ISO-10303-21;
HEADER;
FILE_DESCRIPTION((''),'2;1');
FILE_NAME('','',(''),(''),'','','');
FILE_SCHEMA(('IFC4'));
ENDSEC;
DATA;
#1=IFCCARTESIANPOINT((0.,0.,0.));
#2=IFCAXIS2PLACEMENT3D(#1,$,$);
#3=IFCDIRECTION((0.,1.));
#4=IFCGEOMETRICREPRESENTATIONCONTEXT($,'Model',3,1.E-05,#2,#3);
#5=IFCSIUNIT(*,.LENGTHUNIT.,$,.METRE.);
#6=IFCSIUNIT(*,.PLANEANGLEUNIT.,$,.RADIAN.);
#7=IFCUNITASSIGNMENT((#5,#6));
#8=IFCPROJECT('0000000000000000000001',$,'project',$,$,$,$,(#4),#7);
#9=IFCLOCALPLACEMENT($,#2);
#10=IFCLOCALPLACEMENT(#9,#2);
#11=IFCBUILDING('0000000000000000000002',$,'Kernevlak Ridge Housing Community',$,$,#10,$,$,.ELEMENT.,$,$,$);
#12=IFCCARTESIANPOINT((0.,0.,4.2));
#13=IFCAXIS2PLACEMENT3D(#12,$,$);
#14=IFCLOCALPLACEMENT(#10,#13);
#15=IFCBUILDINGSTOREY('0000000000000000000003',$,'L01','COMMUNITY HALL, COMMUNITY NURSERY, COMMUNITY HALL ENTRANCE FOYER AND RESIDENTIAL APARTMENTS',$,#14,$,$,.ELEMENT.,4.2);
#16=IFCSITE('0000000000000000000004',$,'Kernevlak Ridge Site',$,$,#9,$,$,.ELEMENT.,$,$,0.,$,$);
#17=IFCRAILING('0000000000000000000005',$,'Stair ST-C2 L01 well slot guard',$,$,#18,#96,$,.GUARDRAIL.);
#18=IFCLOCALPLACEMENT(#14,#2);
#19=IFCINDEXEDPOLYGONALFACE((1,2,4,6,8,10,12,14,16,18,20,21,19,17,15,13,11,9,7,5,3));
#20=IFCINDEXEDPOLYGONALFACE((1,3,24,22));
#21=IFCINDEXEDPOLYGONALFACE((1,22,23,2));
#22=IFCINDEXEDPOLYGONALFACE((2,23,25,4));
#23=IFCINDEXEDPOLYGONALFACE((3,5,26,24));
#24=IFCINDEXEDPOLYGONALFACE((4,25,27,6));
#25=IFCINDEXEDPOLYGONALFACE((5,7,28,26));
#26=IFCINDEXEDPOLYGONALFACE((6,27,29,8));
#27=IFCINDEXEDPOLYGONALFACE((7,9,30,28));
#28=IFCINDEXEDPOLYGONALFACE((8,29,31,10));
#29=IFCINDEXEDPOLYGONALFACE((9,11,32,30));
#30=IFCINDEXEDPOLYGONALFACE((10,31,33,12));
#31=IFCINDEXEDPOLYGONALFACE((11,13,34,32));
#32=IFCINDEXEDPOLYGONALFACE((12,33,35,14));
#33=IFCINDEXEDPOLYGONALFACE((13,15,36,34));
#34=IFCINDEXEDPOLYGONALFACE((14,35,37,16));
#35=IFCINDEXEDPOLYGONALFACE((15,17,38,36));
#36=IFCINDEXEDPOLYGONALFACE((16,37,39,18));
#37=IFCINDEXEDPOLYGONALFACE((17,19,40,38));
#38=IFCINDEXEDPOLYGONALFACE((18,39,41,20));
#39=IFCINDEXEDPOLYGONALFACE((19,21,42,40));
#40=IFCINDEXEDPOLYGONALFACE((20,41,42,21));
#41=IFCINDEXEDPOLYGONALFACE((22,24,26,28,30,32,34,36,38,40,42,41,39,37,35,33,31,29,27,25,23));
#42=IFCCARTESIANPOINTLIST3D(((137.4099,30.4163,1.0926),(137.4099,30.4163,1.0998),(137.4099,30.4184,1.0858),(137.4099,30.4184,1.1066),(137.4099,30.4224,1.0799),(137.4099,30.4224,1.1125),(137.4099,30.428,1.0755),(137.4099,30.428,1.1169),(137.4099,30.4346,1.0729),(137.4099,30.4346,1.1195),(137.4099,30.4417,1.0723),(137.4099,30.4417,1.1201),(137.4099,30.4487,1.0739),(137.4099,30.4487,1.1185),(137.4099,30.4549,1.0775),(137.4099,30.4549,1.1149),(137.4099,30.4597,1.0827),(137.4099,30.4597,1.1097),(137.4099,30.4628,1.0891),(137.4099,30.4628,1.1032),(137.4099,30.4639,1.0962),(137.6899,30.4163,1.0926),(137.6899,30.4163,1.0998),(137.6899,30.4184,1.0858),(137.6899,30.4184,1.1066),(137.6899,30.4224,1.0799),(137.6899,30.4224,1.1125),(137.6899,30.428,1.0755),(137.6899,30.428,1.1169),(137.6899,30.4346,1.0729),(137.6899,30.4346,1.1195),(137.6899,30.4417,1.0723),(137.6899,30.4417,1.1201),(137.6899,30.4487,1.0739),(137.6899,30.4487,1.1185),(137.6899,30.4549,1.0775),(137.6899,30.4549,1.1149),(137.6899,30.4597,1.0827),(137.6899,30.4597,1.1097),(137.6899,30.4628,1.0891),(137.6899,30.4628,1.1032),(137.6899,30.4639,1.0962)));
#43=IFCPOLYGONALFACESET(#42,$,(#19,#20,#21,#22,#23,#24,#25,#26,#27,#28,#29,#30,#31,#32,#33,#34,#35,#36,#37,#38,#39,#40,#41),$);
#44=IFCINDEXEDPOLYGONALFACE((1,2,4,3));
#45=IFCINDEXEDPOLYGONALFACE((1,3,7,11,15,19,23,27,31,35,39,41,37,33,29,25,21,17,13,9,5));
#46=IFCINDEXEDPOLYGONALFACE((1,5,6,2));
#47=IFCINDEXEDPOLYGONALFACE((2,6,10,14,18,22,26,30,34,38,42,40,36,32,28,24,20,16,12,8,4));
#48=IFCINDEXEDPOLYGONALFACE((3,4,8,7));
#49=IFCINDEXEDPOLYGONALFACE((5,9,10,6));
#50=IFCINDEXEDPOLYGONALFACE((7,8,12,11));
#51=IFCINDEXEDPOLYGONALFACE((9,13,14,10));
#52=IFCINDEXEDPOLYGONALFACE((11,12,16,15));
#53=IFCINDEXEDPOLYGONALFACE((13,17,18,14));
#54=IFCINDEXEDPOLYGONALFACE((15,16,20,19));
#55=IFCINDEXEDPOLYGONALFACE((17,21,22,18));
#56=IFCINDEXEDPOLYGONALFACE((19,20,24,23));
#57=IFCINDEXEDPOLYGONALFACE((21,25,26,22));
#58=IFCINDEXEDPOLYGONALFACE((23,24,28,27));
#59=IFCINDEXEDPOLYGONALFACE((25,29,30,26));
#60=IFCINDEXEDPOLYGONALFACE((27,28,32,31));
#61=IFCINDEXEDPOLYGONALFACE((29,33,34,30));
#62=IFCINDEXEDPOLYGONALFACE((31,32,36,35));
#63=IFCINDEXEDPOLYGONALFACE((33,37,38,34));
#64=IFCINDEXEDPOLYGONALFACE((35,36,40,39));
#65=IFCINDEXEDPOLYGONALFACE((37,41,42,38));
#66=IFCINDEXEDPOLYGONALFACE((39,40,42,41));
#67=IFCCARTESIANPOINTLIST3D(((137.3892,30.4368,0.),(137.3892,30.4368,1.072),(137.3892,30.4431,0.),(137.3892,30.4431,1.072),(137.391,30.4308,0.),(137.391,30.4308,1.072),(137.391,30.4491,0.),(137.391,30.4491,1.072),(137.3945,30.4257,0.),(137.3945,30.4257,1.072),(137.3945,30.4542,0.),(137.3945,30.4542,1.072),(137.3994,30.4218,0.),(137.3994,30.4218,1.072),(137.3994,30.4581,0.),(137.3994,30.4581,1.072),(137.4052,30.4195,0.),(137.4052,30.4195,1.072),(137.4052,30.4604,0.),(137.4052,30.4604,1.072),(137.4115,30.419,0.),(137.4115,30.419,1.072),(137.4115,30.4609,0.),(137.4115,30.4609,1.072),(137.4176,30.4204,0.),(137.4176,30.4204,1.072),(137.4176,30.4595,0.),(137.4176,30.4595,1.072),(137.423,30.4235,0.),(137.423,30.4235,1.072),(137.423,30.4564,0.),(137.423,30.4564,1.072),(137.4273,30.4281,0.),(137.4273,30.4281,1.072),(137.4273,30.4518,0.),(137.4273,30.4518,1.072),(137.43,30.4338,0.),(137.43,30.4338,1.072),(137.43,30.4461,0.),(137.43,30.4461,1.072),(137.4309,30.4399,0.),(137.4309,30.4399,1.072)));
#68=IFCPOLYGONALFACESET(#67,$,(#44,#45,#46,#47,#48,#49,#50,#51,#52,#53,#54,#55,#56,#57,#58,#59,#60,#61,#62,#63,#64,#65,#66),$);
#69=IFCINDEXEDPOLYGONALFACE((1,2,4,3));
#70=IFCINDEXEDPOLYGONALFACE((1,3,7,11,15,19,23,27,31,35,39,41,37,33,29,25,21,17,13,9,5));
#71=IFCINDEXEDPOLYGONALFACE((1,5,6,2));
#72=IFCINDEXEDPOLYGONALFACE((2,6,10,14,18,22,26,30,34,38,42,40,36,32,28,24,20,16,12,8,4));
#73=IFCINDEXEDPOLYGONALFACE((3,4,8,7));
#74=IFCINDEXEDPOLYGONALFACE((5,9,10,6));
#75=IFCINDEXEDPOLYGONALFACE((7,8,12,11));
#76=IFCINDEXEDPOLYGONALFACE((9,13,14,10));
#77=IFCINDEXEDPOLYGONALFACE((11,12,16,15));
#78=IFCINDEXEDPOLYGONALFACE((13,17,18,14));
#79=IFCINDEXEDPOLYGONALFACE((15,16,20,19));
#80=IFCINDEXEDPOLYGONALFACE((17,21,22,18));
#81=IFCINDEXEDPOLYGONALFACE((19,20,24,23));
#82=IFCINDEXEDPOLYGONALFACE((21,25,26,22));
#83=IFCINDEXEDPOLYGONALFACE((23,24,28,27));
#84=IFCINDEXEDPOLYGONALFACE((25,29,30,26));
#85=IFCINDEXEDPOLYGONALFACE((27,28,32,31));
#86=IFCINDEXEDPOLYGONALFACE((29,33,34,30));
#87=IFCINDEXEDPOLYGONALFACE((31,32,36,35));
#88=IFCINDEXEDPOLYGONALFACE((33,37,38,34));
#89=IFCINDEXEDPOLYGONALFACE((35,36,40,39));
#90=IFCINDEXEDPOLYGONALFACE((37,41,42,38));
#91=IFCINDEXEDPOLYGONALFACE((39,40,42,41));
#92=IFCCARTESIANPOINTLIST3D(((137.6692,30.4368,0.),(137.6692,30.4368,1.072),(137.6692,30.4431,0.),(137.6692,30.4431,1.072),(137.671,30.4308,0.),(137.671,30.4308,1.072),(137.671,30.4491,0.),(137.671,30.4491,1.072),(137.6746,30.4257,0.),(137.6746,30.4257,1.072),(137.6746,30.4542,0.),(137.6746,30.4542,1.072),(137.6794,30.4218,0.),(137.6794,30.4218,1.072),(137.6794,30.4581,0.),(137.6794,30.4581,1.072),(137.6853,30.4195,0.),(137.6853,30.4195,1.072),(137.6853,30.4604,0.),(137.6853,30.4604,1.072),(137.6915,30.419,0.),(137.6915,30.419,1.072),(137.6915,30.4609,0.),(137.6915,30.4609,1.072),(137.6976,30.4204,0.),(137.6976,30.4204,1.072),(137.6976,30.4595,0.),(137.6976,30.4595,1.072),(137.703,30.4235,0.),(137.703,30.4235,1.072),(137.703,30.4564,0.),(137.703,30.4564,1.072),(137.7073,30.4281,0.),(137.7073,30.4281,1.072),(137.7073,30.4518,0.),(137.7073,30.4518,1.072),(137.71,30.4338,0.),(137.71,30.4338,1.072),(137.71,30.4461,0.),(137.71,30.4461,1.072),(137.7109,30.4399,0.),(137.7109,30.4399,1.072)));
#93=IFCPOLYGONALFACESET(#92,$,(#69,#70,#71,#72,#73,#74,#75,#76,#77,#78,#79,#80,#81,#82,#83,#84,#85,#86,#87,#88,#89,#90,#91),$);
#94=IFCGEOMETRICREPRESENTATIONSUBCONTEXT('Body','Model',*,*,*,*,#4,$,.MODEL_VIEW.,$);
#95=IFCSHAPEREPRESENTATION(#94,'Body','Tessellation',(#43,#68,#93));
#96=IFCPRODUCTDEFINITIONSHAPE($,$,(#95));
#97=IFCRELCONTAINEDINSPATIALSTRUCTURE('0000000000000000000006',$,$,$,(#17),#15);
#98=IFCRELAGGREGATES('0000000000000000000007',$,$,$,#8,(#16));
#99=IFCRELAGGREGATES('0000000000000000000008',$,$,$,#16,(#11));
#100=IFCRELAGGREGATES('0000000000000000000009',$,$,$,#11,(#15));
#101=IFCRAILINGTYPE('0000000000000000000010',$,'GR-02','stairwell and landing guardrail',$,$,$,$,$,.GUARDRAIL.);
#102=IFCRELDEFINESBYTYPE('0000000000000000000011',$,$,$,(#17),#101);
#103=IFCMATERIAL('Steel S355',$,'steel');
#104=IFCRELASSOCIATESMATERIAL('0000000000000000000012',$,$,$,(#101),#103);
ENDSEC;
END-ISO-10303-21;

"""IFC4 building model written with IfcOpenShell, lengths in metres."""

from ifc_helpers import new_model, si_unit, direction, frame, origin, origin_2d, place, context, subcontext, project, spatial, circle, extrude, material, type_object, element, save


model = new_model("IFC4")

# Units and contexts
model_context = context("Model", 3, precision=1e-05, world=origin(), true_north=direction((0.0, 1.0)))
body_context = subcontext(model_context, "Body", "Model", "MODEL_VIEW")
ifc_project = project(units=[si_unit("LENGTHUNIT", "METRE"), si_unit("PLANEANGLEUNIT", "RADIAN")], contexts=[model_context])

# Site, building, storey
site_placement = place(None, origin())
site = spatial("IfcSite", under=ifc_project, at=site_placement, Name="Kernevlak Ridge Site", CompositionType="ELEMENT", RefElevation=0.0)
building_placement = place(site_placement, origin())
building = spatial("IfcBuilding", under=site, at=building_placement, Name="Kernevlak Ridge Housing Community", CompositionType="ELEMENT")
storey_placement = place(building_placement, frame((0.0, 0.0, 4.2)))
storey = spatial("IfcBuildingStorey", under=building, at=storey_placement, Name="L01", Description="COMMUNITY HALL, COMMUNITY NURSERY, COMMUNITY HALL ENTRANCE FOYER AND RESIDENTIAL APARTMENTS", CompositionType="ELEMENT", Elevation=4.2)

# Railing
ifc_material_1 = material(Name="Steel S355", Category="steel")
railing_type_1 = type_object("IfcRailingType", Name="GR-02", Description="stairwell and landing guardrail", PredefinedType="GUARDRAIL", material=ifc_material_1)
railing_1_placement = place(storey_placement, frame((137.4099, 30.4399, 0.0)))
element("IfcRailing", 1, at=railing_1_placement, inside=storey, type_object=railing_type_1, Name="Stair ST-C2 L01 well slot guard", PredefinedType="GUARDRAIL", context=body_context, shape_type="SweptSolid", body=[
    extrude(circle(Radius=0.0239, at=origin_2d()), frame((0.0, 0.0, 1.0962), z_axis=(1.0, 0.0, 0.0), x_axis=(0.0, 1.0, 0.0)), (0.0, 0.0, 1.0), 0.28),
    extrude(circle(Radius=0.021, at=origin_2d()), origin(), (0.0, 0.0, 1.0), 1.072),
    extrude(circle(Radius=0.021, at=origin_2d()), frame((0.28, 0.0, 0.0)), (0.0, 0.0, 1.0), 1.072),
])

save(model, "model.ifc")
